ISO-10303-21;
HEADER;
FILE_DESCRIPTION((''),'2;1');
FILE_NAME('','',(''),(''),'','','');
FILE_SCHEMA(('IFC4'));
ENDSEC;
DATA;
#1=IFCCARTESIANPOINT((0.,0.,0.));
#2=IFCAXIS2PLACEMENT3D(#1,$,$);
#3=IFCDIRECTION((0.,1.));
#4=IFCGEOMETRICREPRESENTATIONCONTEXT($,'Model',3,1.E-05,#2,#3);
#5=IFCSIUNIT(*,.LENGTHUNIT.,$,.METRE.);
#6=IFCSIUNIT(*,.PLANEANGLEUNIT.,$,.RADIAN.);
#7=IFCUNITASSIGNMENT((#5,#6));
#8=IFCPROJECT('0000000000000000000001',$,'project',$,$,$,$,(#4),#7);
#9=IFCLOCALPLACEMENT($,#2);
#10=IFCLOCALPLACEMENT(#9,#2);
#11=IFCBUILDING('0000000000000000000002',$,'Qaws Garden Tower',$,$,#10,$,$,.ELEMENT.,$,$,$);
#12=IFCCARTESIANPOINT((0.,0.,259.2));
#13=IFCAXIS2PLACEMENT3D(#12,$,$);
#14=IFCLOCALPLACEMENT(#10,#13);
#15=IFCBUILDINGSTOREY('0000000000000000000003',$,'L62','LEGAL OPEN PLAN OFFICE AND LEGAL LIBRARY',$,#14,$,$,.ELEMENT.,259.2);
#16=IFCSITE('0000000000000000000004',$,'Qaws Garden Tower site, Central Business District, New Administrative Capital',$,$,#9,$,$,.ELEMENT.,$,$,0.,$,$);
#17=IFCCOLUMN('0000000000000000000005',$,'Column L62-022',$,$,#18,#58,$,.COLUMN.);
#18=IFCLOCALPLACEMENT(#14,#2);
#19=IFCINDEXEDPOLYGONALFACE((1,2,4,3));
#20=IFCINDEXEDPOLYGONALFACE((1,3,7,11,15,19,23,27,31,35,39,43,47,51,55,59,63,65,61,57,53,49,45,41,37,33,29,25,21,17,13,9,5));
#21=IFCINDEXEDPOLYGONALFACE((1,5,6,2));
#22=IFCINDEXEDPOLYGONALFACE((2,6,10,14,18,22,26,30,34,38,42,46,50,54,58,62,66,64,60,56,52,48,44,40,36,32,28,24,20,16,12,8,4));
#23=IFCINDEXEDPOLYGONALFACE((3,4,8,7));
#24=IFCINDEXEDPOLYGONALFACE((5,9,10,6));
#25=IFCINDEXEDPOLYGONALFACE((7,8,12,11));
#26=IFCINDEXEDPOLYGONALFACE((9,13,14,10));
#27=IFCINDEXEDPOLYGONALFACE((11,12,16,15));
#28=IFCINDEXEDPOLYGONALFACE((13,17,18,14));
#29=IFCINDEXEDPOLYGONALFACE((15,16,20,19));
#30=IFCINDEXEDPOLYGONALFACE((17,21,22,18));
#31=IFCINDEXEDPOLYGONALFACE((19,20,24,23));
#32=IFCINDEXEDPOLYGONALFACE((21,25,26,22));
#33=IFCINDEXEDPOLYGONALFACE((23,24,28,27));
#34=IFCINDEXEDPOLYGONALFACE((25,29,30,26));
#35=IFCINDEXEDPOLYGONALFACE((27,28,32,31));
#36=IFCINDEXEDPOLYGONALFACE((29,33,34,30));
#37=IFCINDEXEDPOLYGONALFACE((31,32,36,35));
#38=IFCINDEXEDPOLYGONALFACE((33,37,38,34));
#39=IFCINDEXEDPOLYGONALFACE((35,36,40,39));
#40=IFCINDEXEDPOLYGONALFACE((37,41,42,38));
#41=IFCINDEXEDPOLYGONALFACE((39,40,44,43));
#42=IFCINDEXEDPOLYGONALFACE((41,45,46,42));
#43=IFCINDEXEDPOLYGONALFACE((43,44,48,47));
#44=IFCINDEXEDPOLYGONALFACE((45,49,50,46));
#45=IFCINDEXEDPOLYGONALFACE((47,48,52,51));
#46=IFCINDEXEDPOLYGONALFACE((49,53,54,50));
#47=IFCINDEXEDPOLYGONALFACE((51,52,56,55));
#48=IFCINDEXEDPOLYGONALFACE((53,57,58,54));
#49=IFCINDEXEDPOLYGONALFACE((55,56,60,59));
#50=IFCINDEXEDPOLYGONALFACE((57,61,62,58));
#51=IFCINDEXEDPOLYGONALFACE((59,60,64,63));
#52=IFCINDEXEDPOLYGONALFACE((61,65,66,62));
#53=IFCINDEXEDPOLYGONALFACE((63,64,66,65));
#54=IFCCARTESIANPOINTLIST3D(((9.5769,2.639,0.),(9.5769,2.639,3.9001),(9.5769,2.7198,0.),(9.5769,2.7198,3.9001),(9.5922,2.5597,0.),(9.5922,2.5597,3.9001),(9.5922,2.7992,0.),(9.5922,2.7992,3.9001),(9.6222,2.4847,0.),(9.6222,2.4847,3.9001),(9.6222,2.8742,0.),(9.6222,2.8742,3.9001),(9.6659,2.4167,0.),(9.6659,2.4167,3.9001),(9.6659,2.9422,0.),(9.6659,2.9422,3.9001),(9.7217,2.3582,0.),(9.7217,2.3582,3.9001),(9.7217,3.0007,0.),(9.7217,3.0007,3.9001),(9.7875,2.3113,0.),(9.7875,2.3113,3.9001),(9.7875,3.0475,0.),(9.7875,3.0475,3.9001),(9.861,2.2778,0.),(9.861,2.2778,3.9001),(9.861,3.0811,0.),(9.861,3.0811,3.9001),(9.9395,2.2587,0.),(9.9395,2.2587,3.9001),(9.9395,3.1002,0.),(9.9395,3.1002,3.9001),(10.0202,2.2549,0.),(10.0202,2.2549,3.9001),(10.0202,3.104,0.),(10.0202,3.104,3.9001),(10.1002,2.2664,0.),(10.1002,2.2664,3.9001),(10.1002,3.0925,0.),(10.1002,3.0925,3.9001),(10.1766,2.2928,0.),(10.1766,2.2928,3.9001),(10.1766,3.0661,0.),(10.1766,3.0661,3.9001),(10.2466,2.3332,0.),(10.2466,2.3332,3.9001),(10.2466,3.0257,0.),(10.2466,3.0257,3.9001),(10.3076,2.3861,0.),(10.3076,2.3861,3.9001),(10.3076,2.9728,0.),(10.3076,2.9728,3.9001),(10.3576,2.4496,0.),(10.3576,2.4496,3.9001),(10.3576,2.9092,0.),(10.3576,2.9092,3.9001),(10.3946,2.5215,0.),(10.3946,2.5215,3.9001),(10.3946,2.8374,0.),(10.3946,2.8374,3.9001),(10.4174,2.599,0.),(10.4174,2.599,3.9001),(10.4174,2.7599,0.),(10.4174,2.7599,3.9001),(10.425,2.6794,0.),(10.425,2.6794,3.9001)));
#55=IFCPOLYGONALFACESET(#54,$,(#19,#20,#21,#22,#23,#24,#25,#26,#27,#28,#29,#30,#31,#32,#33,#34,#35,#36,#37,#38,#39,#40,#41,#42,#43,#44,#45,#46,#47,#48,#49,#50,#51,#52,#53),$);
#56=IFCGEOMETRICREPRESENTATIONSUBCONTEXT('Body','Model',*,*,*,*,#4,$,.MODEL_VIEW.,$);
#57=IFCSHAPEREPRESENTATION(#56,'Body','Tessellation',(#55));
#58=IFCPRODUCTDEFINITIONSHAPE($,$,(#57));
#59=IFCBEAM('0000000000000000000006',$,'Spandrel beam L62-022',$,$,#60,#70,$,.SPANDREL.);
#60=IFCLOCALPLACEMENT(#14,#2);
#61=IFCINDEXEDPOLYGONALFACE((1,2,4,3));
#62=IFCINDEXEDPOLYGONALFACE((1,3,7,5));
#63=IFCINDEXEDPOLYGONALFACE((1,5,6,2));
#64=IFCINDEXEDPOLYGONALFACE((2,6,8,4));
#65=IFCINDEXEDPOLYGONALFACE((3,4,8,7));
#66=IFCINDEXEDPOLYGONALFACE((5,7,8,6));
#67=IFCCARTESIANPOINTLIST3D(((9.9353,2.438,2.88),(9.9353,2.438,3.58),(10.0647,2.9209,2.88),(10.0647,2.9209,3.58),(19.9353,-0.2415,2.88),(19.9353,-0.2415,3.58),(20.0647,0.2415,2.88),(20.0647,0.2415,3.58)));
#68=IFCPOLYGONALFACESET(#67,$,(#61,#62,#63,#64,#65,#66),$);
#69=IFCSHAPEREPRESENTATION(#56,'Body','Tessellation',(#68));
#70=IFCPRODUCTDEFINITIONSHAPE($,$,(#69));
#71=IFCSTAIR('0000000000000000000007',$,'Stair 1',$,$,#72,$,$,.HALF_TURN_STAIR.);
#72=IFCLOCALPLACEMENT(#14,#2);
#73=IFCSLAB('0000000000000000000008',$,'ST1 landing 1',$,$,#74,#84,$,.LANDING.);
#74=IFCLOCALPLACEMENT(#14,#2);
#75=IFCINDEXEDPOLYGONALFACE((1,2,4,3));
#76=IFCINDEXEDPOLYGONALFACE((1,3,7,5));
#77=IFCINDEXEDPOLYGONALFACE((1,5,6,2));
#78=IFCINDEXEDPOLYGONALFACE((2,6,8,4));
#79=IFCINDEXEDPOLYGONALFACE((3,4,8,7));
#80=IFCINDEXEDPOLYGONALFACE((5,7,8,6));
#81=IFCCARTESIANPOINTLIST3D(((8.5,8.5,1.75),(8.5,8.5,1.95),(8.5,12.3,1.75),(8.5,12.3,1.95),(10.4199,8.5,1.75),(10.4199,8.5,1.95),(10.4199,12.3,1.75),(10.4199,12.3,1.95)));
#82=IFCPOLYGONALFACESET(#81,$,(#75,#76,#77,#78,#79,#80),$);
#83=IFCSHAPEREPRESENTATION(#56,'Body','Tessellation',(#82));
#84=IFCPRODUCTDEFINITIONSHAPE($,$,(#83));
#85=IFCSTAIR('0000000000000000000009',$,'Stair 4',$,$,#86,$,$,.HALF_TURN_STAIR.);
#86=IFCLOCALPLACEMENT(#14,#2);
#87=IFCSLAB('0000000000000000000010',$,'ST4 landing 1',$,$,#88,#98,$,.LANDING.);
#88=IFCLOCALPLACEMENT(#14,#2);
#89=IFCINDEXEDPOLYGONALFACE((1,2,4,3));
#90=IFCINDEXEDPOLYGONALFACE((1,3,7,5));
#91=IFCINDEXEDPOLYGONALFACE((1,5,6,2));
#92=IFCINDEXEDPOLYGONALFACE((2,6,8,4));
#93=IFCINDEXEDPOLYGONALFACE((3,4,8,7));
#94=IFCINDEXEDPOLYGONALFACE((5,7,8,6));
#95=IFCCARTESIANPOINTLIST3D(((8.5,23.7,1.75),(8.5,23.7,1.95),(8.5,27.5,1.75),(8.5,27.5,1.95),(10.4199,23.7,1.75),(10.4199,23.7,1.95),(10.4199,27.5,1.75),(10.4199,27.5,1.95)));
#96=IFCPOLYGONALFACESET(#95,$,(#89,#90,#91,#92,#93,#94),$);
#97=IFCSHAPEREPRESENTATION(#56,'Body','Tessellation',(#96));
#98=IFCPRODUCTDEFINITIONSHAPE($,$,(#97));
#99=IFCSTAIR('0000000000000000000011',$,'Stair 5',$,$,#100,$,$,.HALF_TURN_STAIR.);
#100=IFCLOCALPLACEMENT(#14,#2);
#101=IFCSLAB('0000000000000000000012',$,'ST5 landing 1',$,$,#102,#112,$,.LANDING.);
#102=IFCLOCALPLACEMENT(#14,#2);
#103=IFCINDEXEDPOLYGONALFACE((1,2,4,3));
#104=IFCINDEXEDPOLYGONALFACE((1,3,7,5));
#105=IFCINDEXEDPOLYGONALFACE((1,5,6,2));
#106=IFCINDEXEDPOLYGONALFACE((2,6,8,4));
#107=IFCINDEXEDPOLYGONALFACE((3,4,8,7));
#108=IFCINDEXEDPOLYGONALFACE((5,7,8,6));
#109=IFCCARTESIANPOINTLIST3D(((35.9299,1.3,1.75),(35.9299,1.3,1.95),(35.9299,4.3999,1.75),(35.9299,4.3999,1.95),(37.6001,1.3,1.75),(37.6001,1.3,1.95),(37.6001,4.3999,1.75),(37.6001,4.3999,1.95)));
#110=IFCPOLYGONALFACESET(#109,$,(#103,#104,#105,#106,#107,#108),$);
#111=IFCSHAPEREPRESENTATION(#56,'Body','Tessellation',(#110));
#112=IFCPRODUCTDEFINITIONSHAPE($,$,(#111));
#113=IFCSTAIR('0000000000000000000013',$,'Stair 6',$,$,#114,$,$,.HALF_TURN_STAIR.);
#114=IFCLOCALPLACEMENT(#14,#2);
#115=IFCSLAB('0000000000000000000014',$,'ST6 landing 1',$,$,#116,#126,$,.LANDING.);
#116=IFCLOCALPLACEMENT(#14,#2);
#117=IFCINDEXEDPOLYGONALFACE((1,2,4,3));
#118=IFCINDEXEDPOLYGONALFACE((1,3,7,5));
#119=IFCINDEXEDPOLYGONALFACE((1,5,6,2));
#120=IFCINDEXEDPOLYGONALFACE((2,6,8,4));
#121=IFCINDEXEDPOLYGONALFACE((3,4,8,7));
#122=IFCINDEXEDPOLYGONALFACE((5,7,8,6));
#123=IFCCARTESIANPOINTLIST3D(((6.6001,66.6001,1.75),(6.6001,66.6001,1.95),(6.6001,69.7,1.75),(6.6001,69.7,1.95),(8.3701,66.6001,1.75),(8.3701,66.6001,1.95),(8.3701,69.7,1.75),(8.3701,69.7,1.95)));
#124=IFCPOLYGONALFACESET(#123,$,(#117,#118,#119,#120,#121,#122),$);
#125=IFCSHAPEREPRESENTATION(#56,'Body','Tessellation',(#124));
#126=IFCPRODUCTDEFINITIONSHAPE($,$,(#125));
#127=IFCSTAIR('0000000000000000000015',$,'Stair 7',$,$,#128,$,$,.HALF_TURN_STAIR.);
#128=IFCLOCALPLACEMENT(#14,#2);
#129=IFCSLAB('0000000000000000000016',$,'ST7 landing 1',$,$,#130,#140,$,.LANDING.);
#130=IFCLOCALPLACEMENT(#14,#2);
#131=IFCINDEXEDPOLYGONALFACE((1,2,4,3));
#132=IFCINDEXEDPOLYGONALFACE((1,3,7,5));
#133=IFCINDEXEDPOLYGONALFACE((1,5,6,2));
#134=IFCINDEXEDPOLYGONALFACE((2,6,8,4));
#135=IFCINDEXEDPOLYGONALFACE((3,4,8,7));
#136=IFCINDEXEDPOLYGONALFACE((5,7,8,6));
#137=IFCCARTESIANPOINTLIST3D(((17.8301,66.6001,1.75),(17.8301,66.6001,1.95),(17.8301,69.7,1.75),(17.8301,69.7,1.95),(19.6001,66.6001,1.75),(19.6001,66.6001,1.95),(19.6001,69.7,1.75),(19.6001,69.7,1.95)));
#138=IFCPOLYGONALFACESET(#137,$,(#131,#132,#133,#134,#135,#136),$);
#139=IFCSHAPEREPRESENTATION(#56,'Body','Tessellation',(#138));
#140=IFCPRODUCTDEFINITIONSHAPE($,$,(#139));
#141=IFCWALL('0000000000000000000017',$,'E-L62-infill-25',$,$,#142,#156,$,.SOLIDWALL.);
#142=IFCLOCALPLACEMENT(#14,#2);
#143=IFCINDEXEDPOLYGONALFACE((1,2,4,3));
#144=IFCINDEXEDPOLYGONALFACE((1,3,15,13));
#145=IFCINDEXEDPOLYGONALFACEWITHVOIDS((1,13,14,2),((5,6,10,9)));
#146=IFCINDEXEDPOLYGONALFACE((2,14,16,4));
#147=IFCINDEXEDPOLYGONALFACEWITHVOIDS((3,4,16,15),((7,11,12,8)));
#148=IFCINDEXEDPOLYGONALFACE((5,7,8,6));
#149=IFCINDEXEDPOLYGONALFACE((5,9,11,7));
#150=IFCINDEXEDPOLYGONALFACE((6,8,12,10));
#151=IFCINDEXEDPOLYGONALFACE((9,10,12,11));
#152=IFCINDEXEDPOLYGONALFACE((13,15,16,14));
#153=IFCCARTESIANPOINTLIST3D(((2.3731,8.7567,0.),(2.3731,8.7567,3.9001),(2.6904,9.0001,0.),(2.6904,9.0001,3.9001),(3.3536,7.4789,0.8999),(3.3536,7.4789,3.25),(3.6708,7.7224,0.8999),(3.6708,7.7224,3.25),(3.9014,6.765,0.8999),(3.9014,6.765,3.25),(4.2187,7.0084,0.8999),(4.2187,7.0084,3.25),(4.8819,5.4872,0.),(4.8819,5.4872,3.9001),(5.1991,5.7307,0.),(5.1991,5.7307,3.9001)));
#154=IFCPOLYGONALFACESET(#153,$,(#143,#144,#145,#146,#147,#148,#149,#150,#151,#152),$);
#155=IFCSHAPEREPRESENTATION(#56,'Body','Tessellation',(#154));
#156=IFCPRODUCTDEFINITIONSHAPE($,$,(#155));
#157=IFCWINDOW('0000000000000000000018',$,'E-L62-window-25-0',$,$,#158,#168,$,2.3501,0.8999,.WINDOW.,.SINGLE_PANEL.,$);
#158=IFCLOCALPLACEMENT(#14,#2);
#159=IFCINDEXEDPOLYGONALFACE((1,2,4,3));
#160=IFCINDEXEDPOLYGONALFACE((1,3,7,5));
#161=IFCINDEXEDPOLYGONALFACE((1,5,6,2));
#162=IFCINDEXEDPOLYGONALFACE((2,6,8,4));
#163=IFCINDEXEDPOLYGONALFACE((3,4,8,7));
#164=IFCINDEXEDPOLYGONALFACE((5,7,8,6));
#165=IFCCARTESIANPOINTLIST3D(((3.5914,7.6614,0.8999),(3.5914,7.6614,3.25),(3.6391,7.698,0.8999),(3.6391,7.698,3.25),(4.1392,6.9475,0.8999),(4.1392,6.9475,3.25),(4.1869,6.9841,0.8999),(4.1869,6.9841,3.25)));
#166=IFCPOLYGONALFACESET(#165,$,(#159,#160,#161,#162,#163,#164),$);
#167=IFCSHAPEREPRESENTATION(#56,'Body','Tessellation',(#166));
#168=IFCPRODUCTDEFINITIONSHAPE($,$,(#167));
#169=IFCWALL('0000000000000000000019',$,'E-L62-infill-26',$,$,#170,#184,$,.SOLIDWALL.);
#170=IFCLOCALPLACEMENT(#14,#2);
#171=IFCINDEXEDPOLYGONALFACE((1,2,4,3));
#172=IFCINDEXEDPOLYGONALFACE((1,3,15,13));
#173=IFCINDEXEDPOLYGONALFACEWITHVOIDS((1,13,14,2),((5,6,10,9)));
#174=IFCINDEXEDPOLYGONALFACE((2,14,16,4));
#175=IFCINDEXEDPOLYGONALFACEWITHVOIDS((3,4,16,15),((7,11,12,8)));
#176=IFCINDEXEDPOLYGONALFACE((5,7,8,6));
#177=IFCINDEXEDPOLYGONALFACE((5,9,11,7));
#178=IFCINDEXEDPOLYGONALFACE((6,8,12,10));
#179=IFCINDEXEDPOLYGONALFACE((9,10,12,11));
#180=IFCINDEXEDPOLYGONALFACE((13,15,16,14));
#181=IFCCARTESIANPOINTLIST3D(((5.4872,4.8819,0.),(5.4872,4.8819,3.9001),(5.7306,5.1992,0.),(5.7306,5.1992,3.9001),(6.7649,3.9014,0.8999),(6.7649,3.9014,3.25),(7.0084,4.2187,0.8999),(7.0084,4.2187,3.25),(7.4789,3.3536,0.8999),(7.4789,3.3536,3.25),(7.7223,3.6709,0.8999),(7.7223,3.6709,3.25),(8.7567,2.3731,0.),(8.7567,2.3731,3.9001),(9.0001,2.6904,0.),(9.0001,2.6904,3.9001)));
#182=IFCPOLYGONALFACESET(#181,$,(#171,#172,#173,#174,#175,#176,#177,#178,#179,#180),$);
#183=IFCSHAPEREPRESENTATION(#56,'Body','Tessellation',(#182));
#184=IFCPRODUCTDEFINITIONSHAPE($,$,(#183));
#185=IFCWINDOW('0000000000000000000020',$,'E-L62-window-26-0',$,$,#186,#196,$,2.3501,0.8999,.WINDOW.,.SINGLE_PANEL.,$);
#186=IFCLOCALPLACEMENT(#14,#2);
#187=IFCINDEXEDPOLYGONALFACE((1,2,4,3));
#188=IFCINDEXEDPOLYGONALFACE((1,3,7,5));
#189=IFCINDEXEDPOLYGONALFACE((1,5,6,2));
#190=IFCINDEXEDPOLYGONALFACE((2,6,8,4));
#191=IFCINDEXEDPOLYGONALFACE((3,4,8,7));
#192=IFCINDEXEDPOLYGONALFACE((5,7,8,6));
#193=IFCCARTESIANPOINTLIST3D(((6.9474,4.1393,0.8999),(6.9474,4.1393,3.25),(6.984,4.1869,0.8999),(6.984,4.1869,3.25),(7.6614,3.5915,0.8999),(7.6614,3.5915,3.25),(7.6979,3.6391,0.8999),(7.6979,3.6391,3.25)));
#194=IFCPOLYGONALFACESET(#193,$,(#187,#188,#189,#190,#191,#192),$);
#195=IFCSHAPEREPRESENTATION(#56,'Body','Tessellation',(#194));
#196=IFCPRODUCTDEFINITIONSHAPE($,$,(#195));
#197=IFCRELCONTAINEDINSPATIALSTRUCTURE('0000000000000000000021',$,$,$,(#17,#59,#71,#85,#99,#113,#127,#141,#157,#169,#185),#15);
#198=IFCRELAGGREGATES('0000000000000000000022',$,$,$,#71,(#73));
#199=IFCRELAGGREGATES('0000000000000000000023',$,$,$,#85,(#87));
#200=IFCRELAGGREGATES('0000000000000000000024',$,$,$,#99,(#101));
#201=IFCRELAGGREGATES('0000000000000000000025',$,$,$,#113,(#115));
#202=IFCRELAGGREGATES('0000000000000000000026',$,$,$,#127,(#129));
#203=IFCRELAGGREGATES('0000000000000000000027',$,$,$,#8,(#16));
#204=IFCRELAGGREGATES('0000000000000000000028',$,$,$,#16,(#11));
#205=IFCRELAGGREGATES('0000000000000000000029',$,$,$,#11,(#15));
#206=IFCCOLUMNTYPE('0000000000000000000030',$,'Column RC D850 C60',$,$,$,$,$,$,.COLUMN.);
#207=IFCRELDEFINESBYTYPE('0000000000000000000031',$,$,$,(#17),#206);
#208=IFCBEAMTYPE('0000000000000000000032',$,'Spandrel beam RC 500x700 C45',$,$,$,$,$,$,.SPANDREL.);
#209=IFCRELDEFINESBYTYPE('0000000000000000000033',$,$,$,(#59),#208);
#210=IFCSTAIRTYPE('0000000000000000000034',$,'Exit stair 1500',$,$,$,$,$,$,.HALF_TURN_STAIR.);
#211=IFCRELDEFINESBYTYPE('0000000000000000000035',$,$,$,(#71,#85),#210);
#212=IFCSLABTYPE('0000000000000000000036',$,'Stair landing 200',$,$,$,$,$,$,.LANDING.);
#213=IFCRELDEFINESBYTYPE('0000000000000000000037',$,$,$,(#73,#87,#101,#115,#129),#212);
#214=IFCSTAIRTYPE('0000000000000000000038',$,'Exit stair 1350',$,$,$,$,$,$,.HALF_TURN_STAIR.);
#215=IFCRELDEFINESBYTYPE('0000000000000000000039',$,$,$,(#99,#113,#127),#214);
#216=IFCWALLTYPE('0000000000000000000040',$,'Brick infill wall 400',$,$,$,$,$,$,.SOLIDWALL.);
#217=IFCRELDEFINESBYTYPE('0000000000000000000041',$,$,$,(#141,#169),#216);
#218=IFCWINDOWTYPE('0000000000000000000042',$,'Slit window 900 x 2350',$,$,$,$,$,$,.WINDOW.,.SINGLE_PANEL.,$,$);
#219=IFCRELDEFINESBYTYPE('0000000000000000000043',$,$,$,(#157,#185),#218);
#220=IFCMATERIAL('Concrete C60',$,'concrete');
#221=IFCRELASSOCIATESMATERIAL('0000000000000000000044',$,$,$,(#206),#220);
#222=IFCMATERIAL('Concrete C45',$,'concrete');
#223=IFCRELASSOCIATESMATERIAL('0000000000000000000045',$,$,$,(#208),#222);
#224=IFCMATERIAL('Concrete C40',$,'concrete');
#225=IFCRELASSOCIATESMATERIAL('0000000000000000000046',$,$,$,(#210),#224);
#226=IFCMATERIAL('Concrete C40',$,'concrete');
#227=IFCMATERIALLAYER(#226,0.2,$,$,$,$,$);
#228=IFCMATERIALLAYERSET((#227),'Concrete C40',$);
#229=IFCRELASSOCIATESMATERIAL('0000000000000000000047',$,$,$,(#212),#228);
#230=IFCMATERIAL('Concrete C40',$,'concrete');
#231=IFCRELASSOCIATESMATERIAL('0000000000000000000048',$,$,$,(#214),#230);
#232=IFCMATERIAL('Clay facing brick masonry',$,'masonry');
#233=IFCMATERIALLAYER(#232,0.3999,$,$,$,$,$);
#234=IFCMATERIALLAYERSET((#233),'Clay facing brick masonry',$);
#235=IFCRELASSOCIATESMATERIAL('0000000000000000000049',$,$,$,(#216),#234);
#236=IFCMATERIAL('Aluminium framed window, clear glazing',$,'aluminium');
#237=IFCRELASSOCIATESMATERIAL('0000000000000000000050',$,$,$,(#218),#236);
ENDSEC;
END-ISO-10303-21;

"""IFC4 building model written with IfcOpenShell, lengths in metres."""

from ifc_helpers import new_model, si_unit, direction, frame, frame_2d, origin, origin_2d, place, context, subcontext, project, spatial, polyline, rectangle, circle, outline, extrude, material, layer, layer_set, material_profile, profile_set, type_object, element, fill, aggregate, save


model = new_model("IFC4")

# Units and contexts
model_context = context("Model", 3, precision=1e-05, world=origin(), true_north=direction((0.0, 1.0)))
body_context = subcontext(model_context, "Body", "Model", "MODEL_VIEW")
ifc_project = project(units=[si_unit("LENGTHUNIT", "METRE"), si_unit("PLANEANGLEUNIT", "RADIAN")], contexts=[model_context])

# Site, building, storey
site_placement = place(None, origin())
site = spatial("IfcSite", under=ifc_project, at=site_placement, Name="Qaws Garden Tower site, Central Business District, New Administrative Capital", CompositionType="ELEMENT", RefElevation=0.0)
building_placement = place(site_placement, origin())
building = spatial("IfcBuilding", under=site, at=building_placement, Name="Qaws Garden Tower", CompositionType="ELEMENT")
storey_placement = place(building_placement, frame((0.0, 0.0, 259.2)))
storey = spatial("IfcBuildingStorey", under=building, at=storey_placement, Name="L62", Description="LEGAL OPEN PLAN OFFICE AND LEGAL LIBRARY", CompositionType="ELEMENT", Elevation=259.2)

# Column
ifc_material_1 = material(Name="Concrete C60", Category="concrete")
ifc_material_profile_1 = material_profile(ifc_material_1, circle(Radius=0.425, at=origin_2d()), Name="RC D850")
ifc_profile_set_1 = profile_set([ifc_material_profile_1], Name="Concrete C60")
column_type = type_object("IfcColumnType", Name="Column RC D850 C60", PredefinedType="COLUMN", material=ifc_profile_set_1)
column_placement = place(storey_placement, frame((10.0, 2.6794, 0.0), z_axis=(0.0, 0.0, 1.0), x_axis=(1.0, 0.0, 0.0)))
element("IfcColumn", 1, at=column_placement, inside=storey, type_object=column_type, Name="Column L62-022", PredefinedType="COLUMN", context=body_context, shape_type="SweptSolid", body=[
    extrude(circle(Radius=0.425, at=origin_2d()), origin(), (0.0, 0.0, 1.0), 3.9001),
])

# Beam
ifc_material_2 = material(Name="Concrete C45", Category="concrete")
ifc_material_profile_2 = material_profile(ifc_material_2, rectangle(XDim=0.5, YDim=0.7, at=origin_2d()), Name="RC 500x700")
ifc_profile_set_2 = profile_set([ifc_material_profile_2], Name="Concrete C45")
beam_type = type_object("IfcBeamType", Name="Spandrel beam RC 500x700 C45", PredefinedType="SPANDREL", material=ifc_profile_set_2)
beam_placement = place(storey_placement, frame((10.0, 2.6794, 3.23), z_axis=(0.965927, -0.258815, 0.0), x_axis=(0.258815, 0.965927, 0.0)))
element("IfcBeam", 2, at=beam_placement, inside=storey, type_object=beam_type, Name="Spandrel beam L62-022", PredefinedType="SPANDREL", context=body_context, shape_type="SweptSolid", body=[
    extrude(rectangle(XDim=0.5, YDim=0.7, at=origin_2d()), origin(), (0.0, 0.0, 1.0), 10.3528),
])

# Stairs, slabs
ifc_material_3 = material(Name="Concrete C40", Category="concrete")
stair_type_1 = type_object("IfcStairType", Name="Exit stair 1500", PredefinedType="HALF_TURN_STAIR", material=ifc_material_3)
placement_1 = place(storey_placement, origin())
stair_1 = element("IfcStair", 3, at=placement_1, inside=storey, type_object=stair_type_1, Name="Stair 1", PredefinedType="HALF_TURN_STAIR")
ifc_material_4 = material(Name="Concrete C40", Category="concrete")
ifc_layer_1 = layer(ifc_material_4, 0.2)
ifc_layer_set_1 = layer_set([ifc_layer_1], Name="Concrete C40")
slab_type = type_object("IfcSlabType", Name="Stair landing 200", PredefinedType="LANDING", material=ifc_layer_set_1)
placement_2 = place(storey_placement, frame((0.0, 0.0, 1.75)))
slab_1 = element("IfcSlab", 4, at=placement_2, type_object=slab_type, Name="ST1 landing 1", PredefinedType="LANDING", context=body_context, shape_type="SweptSolid", body=[
    extrude(outline(polyline([(8.5, 8.5), (10.4199, 8.5), (10.4199, 12.3), (8.5, 12.3), (8.5, 8.5)])), origin(), (0.0, 0.0, 1.0), 0.2),
])
aggregate(stair_1, [slab_1])
stair_2 = element("IfcStair", 5, at=placement_1, inside=storey, type_object=stair_type_1, Name="Stair 4", PredefinedType="HALF_TURN_STAIR")
slab_2 = element("IfcSlab", 6, at=placement_2, type_object=slab_type, Name="ST4 landing 1", PredefinedType="LANDING", context=body_context, shape_type="SweptSolid", body=[
    extrude(outline(polyline([(8.5, 23.7), (10.4199, 23.7), (10.4199, 27.5), (8.5, 27.5), (8.5, 23.7)])), origin(), (0.0, 0.0, 1.0), 0.2),
])
aggregate(stair_2, [slab_2])
ifc_material_5 = material(Name="Concrete C40", Category="concrete")
stair_type_2 = type_object("IfcStairType", Name="Exit stair 1350", PredefinedType="HALF_TURN_STAIR", material=ifc_material_5)
stair_3 = element("IfcStair", 7, at=placement_1, inside=storey, type_object=stair_type_2, Name="Stair 5", PredefinedType="HALF_TURN_STAIR")
slab_3 = element("IfcSlab", 8, at=placement_2, type_object=slab_type, Name="ST5 landing 1", PredefinedType="LANDING", context=body_context, shape_type="SweptSolid", body=[
    extrude(outline(polyline([(35.9299, 1.3), (37.6001, 1.3), (37.6001, 4.3999), (35.9299, 4.3999), (35.9299, 1.3)])), origin(), (0.0, 0.0, 1.0), 0.2),
])
aggregate(stair_3, [slab_3])
stair_4 = element("IfcStair", 9, at=placement_1, inside=storey, type_object=stair_type_2, Name="Stair 6", PredefinedType="HALF_TURN_STAIR")
slab_4 = element("IfcSlab", 10, at=placement_2, type_object=slab_type, Name="ST6 landing 1", PredefinedType="LANDING", context=body_context, shape_type="SweptSolid", body=[
    extrude(outline(polyline([(6.6001, 66.6001), (8.3701, 66.6001), (8.3701, 69.7), (6.6001, 69.7), (6.6001, 66.6001)])), origin(), (0.0, 0.0, 1.0), 0.2),
])
aggregate(stair_4, [slab_4])
stair_5 = element("IfcStair", 11, at=placement_1, inside=storey, type_object=stair_type_2, Name="Stair 7", PredefinedType="HALF_TURN_STAIR")
slab_5 = element("IfcSlab", 12, at=placement_2, type_object=slab_type, Name="ST7 landing 1", PredefinedType="LANDING", context=body_context, shape_type="SweptSolid", body=[
    extrude(outline(polyline([(17.8301, 66.6001), (19.6001, 66.6001), (19.6001, 69.7), (17.8301, 69.7), (17.8301, 66.6001)])), origin(), (0.0, 0.0, 1.0), 0.2),
])
aggregate(stair_5, [slab_5])

# Walls, openings, windows
ifc_material_6 = material(Name="Clay facing brick masonry", Category="masonry")
ifc_layer_2 = layer(ifc_material_6, 0.3999)
ifc_layer_set_2 = layer_set([ifc_layer_2], Name="Clay facing brick masonry")
wall_type_1 = type_object("IfcWallType", Name="Brick infill wall 400", PredefinedType="SOLIDWALL", material=ifc_layer_set_2)
wall_1_placement = place(storey_placement, frame((2.5317, 8.8784, 0.0), z_axis=(0.0, 0.0, 1.0), x_axis=(0.60876, -0.793355, 0.0)))
wall_1 = element("IfcWall", 13, at=wall_1_placement, inside=storey, type_object=wall_type_1, Name="E-L62-infill-25", PredefinedType="SOLIDWALL", context=body_context, shape_type="SweptSolid", body=[
    extrude(rectangle(XDim=4.1211, YDim=0.3999, at=frame_2d((2.0605, 0.0))), origin(), (0.0, 0.0, 1.0), 3.9001),
])
opening_1_placement = place(wall_1_placement, frame((1.6106, 0.0, 0.8999)))
opening_1 = element("IfcOpeningElement", 14, at=opening_1_placement, cuts=wall_1, PredefinedType="OPENING", context=body_context, shape_type="SweptSolid", body=[
    extrude(rectangle(XDim=0.8999, YDim=2.3501, at=frame_2d((0.45, 1.175))), frame((0.0, 0.21, 0.0), z_axis=(0.0, -1.0, 0.0), x_axis=(1.0, 0.0, 0.0)), (0.0, 0.0, 1.0), 0.4199),
])
ifc_material_7 = material(Name="Aluminium framed window, clear glazing", Category="aluminium")
window_type = type_object("IfcWindowType", Name="Slit window 900 x 2350", PartitioningType="SINGLE_PANEL", PredefinedType="WINDOW", material=ifc_material_7)
window_1_placement = place(opening_1_placement, origin())
window_1 = element("IfcWindow", 15, at=window_1_placement, inside=storey, type_object=window_type, Name="E-L62-window-25-0", OverallHeight=2.3501, OverallWidth=0.8999, PartitioningType="SINGLE_PANEL", PredefinedType="WINDOW", context=body_context, shape_type="SweptSolid", body=[
    extrude(rectangle(XDim=0.8999, YDim=2.3501, at=frame_2d((0.45, 1.175))), frame((0.0, 0.1599, 0.0), z_axis=(0.0, -1.0, 0.0), x_axis=(1.0, 0.0, 0.0)), (0.0, 0.0, 1.0), 0.0601),
])
fill(opening_1, window_1)
wall_2_placement = place(storey_placement, frame((5.6089, 5.0405, 0.0), z_axis=(0.0, 0.0, 1.0), x_axis=(0.793355, -0.60876, 0.0)))
wall_2 = element("IfcWall", 16, at=wall_2_placement, inside=storey, type_object=wall_type_1, Name="E-L62-infill-26", PredefinedType="SOLIDWALL", context=body_context, shape_type="SweptSolid", body=[
    extrude(rectangle(XDim=4.1211, YDim=0.3999, at=frame_2d((2.0605, 0.0))), origin(), (0.0, 0.0, 1.0), 3.9001),
])
opening_2_placement = place(wall_2_placement, frame((1.6106, 0.0, 0.8999)))
opening_2 = element("IfcOpeningElement", 17, at=opening_2_placement, cuts=wall_2, PredefinedType="OPENING", context=body_context, shape_type="SweptSolid", body=[
    extrude(rectangle(XDim=0.8999, YDim=2.3501, at=frame_2d((0.45, 1.175))), frame((0.0, 0.21, 0.0), z_axis=(0.0, -1.0, 0.0), x_axis=(1.0, 0.0, 0.0)), (0.0, 0.0, 1.0), 0.4199),
])
window_2_placement = place(opening_2_placement, origin())
window_2 = element("IfcWindow", 18, at=window_2_placement, inside=storey, type_object=window_type, Name="E-L62-window-26-0", OverallHeight=2.3501, OverallWidth=0.8999, PartitioningType="SINGLE_PANEL", PredefinedType="WINDOW", context=body_context, shape_type="SweptSolid", body=[
    extrude(rectangle(XDim=0.8999, YDim=2.3501, at=frame_2d((0.45, 1.175))), frame((0.0, 0.1599, 0.0), z_axis=(0.0, -1.0, 0.0), x_axis=(1.0, 0.0, 0.0)), (0.0, 0.0, 1.0), 0.0601),
])
fill(opening_2, window_2)

save(model, "model.ifc")
